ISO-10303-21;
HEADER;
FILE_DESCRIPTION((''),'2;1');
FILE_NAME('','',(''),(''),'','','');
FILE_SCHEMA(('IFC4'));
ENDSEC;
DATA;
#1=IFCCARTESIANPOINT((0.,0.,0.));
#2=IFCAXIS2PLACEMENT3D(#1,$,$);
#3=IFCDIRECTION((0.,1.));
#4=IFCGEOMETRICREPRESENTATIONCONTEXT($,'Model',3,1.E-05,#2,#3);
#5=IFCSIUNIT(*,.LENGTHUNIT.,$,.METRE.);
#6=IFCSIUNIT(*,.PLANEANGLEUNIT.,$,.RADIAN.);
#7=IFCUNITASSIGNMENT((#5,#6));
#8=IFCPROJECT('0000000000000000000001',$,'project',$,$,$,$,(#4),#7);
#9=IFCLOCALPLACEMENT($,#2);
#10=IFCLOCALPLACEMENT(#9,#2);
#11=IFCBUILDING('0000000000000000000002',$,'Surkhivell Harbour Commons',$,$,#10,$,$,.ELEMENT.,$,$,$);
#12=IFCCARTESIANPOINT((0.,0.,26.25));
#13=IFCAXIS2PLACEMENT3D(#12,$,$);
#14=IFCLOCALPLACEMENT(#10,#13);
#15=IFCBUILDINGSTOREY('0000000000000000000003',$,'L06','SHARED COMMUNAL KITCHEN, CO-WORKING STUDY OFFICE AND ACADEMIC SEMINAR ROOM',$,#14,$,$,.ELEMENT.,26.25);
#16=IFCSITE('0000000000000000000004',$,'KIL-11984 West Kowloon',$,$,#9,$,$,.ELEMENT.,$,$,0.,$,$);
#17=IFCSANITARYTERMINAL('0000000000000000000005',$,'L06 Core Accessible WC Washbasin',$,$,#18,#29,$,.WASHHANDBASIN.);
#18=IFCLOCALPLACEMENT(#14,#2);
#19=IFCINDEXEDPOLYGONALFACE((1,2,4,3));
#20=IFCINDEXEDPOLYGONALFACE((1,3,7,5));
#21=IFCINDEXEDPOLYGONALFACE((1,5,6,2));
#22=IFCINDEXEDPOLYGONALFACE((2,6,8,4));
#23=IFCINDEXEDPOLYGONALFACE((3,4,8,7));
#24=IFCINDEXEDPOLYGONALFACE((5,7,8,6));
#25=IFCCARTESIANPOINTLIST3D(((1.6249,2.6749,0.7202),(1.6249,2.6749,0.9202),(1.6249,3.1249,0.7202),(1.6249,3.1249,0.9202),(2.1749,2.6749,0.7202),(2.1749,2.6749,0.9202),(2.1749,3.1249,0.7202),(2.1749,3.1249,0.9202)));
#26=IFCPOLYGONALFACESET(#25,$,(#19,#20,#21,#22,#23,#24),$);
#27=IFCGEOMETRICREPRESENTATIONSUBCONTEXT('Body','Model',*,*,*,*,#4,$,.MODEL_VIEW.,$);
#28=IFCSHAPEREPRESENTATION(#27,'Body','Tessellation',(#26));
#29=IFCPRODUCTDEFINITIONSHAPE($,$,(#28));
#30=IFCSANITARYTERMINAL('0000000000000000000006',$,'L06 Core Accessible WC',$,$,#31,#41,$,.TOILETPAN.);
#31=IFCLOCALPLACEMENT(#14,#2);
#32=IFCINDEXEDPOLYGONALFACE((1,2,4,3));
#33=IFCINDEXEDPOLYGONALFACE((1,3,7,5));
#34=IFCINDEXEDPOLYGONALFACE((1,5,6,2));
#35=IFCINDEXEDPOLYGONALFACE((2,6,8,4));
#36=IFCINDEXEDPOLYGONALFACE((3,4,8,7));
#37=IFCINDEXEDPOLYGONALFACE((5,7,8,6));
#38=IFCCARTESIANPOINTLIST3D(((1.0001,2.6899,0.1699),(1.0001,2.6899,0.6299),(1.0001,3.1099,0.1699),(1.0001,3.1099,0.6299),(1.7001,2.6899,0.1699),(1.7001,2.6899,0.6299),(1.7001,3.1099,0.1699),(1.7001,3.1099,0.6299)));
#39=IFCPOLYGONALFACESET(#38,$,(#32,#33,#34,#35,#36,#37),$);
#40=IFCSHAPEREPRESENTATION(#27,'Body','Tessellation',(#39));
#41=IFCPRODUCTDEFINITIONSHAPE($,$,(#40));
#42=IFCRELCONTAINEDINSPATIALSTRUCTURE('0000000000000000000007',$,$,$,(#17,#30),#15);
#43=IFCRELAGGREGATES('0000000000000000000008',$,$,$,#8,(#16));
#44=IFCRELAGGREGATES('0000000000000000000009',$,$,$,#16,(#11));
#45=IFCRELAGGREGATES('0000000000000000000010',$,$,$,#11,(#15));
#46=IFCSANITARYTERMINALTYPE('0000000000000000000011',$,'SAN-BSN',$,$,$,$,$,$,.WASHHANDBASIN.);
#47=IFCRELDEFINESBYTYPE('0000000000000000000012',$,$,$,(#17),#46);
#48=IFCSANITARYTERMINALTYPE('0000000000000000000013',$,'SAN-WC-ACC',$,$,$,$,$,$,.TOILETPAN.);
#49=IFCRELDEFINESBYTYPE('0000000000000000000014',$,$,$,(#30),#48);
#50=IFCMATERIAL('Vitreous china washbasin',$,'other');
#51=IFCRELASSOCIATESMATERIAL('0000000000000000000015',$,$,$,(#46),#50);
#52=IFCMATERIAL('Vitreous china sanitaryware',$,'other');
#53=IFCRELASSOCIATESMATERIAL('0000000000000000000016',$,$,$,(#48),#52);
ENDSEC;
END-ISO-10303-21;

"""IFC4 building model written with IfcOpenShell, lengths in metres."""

from ifc_helpers import new_model, si_unit, direction, frame, origin, origin_2d, place, context, subcontext, project, spatial, rectangle, extrude, material, type_object, element, save


model = new_model("IFC4")

# Units and contexts
model_context = context("Model", 3, precision=1e-05, world=origin(), true_north=direction((0.0, 1.0)))
body_context = subcontext(model_context, "Body", "Model", "MODEL_VIEW")
ifc_project = project(units=[si_unit("LENGTHUNIT", "METRE"), si_unit("PLANEANGLEUNIT", "RADIAN")], contexts=[model_context])

# Site, building, storey
site_placement = place(None, origin())
site = spatial("IfcSite", under=ifc_project, at=site_placement, Name="KIL-11984 West Kowloon", CompositionType="ELEMENT", RefElevation=0.0)
building_placement = place(site_placement, origin())
building = spatial("IfcBuilding", under=site, at=building_placement, Name="Surkhivell Harbour Commons", CompositionType="ELEMENT")
storey_placement = place(building_placement, frame((0.0, 0.0, 26.25)))
storey = spatial("IfcBuildingStorey", under=building, at=storey_placement, Name="L06", Description="SHARED COMMUNAL KITCHEN, CO-WORKING STUDY OFFICE AND ACADEMIC SEMINAR ROOM", CompositionType="ELEMENT", Elevation=26.25)

# Sanitary terminals
ifc_material_1 = material(Name="Vitreous china washbasin", Category="other")
sanitary_terminal_type_1 = type_object("IfcSanitaryTerminalType", Name="SAN-BSN", PredefinedType="WASHHANDBASIN", material=ifc_material_1)
sanitary_terminal_1_placement = place(storey_placement, frame((1.8999, 2.8999, 0.7202), z_axis=(0.0, 0.0, 1.0), x_axis=(1.0, 0.0, 0.0)))
element("IfcSanitaryTerminal", 1, at=sanitary_terminal_1_placement, inside=storey, type_object=sanitary_terminal_type_1, Name="L06 Core Accessible WC Washbasin", PredefinedType="WASHHANDBASIN", context=body_context, shape_type="SweptSolid", body=[
    extrude(rectangle(XDim=0.55, YDim=0.45, at=origin_2d()), origin(), (0.0, 0.0, 1.0), 0.2),
])
ifc_material_2 = material(Name="Vitreous china sanitaryware", Category="other")
sanitary_terminal_type_2 = type_object("IfcSanitaryTerminalType", Name="SAN-WC-ACC", PredefinedType="TOILETPAN", material=ifc_material_2)
sanitary_terminal_2_placement = place(storey_placement, frame((1.3501, 2.8999, 0.1699), z_axis=(0.0, 0.0, 1.0), x_axis=(1.0, 0.0, 0.0)))
element("IfcSanitaryTerminal", 2, at=sanitary_terminal_2_placement, inside=storey, type_object=sanitary_terminal_type_2, Name="L06 Core Accessible WC", PredefinedType="TOILETPAN", context=body_context, shape_type="SweptSolid", body=[
    extrude(rectangle(XDim=0.7, YDim=0.4199, at=origin_2d()), origin(), (0.0, 0.0, 1.0), 0.46),
])

save(model, "model.ifc")
